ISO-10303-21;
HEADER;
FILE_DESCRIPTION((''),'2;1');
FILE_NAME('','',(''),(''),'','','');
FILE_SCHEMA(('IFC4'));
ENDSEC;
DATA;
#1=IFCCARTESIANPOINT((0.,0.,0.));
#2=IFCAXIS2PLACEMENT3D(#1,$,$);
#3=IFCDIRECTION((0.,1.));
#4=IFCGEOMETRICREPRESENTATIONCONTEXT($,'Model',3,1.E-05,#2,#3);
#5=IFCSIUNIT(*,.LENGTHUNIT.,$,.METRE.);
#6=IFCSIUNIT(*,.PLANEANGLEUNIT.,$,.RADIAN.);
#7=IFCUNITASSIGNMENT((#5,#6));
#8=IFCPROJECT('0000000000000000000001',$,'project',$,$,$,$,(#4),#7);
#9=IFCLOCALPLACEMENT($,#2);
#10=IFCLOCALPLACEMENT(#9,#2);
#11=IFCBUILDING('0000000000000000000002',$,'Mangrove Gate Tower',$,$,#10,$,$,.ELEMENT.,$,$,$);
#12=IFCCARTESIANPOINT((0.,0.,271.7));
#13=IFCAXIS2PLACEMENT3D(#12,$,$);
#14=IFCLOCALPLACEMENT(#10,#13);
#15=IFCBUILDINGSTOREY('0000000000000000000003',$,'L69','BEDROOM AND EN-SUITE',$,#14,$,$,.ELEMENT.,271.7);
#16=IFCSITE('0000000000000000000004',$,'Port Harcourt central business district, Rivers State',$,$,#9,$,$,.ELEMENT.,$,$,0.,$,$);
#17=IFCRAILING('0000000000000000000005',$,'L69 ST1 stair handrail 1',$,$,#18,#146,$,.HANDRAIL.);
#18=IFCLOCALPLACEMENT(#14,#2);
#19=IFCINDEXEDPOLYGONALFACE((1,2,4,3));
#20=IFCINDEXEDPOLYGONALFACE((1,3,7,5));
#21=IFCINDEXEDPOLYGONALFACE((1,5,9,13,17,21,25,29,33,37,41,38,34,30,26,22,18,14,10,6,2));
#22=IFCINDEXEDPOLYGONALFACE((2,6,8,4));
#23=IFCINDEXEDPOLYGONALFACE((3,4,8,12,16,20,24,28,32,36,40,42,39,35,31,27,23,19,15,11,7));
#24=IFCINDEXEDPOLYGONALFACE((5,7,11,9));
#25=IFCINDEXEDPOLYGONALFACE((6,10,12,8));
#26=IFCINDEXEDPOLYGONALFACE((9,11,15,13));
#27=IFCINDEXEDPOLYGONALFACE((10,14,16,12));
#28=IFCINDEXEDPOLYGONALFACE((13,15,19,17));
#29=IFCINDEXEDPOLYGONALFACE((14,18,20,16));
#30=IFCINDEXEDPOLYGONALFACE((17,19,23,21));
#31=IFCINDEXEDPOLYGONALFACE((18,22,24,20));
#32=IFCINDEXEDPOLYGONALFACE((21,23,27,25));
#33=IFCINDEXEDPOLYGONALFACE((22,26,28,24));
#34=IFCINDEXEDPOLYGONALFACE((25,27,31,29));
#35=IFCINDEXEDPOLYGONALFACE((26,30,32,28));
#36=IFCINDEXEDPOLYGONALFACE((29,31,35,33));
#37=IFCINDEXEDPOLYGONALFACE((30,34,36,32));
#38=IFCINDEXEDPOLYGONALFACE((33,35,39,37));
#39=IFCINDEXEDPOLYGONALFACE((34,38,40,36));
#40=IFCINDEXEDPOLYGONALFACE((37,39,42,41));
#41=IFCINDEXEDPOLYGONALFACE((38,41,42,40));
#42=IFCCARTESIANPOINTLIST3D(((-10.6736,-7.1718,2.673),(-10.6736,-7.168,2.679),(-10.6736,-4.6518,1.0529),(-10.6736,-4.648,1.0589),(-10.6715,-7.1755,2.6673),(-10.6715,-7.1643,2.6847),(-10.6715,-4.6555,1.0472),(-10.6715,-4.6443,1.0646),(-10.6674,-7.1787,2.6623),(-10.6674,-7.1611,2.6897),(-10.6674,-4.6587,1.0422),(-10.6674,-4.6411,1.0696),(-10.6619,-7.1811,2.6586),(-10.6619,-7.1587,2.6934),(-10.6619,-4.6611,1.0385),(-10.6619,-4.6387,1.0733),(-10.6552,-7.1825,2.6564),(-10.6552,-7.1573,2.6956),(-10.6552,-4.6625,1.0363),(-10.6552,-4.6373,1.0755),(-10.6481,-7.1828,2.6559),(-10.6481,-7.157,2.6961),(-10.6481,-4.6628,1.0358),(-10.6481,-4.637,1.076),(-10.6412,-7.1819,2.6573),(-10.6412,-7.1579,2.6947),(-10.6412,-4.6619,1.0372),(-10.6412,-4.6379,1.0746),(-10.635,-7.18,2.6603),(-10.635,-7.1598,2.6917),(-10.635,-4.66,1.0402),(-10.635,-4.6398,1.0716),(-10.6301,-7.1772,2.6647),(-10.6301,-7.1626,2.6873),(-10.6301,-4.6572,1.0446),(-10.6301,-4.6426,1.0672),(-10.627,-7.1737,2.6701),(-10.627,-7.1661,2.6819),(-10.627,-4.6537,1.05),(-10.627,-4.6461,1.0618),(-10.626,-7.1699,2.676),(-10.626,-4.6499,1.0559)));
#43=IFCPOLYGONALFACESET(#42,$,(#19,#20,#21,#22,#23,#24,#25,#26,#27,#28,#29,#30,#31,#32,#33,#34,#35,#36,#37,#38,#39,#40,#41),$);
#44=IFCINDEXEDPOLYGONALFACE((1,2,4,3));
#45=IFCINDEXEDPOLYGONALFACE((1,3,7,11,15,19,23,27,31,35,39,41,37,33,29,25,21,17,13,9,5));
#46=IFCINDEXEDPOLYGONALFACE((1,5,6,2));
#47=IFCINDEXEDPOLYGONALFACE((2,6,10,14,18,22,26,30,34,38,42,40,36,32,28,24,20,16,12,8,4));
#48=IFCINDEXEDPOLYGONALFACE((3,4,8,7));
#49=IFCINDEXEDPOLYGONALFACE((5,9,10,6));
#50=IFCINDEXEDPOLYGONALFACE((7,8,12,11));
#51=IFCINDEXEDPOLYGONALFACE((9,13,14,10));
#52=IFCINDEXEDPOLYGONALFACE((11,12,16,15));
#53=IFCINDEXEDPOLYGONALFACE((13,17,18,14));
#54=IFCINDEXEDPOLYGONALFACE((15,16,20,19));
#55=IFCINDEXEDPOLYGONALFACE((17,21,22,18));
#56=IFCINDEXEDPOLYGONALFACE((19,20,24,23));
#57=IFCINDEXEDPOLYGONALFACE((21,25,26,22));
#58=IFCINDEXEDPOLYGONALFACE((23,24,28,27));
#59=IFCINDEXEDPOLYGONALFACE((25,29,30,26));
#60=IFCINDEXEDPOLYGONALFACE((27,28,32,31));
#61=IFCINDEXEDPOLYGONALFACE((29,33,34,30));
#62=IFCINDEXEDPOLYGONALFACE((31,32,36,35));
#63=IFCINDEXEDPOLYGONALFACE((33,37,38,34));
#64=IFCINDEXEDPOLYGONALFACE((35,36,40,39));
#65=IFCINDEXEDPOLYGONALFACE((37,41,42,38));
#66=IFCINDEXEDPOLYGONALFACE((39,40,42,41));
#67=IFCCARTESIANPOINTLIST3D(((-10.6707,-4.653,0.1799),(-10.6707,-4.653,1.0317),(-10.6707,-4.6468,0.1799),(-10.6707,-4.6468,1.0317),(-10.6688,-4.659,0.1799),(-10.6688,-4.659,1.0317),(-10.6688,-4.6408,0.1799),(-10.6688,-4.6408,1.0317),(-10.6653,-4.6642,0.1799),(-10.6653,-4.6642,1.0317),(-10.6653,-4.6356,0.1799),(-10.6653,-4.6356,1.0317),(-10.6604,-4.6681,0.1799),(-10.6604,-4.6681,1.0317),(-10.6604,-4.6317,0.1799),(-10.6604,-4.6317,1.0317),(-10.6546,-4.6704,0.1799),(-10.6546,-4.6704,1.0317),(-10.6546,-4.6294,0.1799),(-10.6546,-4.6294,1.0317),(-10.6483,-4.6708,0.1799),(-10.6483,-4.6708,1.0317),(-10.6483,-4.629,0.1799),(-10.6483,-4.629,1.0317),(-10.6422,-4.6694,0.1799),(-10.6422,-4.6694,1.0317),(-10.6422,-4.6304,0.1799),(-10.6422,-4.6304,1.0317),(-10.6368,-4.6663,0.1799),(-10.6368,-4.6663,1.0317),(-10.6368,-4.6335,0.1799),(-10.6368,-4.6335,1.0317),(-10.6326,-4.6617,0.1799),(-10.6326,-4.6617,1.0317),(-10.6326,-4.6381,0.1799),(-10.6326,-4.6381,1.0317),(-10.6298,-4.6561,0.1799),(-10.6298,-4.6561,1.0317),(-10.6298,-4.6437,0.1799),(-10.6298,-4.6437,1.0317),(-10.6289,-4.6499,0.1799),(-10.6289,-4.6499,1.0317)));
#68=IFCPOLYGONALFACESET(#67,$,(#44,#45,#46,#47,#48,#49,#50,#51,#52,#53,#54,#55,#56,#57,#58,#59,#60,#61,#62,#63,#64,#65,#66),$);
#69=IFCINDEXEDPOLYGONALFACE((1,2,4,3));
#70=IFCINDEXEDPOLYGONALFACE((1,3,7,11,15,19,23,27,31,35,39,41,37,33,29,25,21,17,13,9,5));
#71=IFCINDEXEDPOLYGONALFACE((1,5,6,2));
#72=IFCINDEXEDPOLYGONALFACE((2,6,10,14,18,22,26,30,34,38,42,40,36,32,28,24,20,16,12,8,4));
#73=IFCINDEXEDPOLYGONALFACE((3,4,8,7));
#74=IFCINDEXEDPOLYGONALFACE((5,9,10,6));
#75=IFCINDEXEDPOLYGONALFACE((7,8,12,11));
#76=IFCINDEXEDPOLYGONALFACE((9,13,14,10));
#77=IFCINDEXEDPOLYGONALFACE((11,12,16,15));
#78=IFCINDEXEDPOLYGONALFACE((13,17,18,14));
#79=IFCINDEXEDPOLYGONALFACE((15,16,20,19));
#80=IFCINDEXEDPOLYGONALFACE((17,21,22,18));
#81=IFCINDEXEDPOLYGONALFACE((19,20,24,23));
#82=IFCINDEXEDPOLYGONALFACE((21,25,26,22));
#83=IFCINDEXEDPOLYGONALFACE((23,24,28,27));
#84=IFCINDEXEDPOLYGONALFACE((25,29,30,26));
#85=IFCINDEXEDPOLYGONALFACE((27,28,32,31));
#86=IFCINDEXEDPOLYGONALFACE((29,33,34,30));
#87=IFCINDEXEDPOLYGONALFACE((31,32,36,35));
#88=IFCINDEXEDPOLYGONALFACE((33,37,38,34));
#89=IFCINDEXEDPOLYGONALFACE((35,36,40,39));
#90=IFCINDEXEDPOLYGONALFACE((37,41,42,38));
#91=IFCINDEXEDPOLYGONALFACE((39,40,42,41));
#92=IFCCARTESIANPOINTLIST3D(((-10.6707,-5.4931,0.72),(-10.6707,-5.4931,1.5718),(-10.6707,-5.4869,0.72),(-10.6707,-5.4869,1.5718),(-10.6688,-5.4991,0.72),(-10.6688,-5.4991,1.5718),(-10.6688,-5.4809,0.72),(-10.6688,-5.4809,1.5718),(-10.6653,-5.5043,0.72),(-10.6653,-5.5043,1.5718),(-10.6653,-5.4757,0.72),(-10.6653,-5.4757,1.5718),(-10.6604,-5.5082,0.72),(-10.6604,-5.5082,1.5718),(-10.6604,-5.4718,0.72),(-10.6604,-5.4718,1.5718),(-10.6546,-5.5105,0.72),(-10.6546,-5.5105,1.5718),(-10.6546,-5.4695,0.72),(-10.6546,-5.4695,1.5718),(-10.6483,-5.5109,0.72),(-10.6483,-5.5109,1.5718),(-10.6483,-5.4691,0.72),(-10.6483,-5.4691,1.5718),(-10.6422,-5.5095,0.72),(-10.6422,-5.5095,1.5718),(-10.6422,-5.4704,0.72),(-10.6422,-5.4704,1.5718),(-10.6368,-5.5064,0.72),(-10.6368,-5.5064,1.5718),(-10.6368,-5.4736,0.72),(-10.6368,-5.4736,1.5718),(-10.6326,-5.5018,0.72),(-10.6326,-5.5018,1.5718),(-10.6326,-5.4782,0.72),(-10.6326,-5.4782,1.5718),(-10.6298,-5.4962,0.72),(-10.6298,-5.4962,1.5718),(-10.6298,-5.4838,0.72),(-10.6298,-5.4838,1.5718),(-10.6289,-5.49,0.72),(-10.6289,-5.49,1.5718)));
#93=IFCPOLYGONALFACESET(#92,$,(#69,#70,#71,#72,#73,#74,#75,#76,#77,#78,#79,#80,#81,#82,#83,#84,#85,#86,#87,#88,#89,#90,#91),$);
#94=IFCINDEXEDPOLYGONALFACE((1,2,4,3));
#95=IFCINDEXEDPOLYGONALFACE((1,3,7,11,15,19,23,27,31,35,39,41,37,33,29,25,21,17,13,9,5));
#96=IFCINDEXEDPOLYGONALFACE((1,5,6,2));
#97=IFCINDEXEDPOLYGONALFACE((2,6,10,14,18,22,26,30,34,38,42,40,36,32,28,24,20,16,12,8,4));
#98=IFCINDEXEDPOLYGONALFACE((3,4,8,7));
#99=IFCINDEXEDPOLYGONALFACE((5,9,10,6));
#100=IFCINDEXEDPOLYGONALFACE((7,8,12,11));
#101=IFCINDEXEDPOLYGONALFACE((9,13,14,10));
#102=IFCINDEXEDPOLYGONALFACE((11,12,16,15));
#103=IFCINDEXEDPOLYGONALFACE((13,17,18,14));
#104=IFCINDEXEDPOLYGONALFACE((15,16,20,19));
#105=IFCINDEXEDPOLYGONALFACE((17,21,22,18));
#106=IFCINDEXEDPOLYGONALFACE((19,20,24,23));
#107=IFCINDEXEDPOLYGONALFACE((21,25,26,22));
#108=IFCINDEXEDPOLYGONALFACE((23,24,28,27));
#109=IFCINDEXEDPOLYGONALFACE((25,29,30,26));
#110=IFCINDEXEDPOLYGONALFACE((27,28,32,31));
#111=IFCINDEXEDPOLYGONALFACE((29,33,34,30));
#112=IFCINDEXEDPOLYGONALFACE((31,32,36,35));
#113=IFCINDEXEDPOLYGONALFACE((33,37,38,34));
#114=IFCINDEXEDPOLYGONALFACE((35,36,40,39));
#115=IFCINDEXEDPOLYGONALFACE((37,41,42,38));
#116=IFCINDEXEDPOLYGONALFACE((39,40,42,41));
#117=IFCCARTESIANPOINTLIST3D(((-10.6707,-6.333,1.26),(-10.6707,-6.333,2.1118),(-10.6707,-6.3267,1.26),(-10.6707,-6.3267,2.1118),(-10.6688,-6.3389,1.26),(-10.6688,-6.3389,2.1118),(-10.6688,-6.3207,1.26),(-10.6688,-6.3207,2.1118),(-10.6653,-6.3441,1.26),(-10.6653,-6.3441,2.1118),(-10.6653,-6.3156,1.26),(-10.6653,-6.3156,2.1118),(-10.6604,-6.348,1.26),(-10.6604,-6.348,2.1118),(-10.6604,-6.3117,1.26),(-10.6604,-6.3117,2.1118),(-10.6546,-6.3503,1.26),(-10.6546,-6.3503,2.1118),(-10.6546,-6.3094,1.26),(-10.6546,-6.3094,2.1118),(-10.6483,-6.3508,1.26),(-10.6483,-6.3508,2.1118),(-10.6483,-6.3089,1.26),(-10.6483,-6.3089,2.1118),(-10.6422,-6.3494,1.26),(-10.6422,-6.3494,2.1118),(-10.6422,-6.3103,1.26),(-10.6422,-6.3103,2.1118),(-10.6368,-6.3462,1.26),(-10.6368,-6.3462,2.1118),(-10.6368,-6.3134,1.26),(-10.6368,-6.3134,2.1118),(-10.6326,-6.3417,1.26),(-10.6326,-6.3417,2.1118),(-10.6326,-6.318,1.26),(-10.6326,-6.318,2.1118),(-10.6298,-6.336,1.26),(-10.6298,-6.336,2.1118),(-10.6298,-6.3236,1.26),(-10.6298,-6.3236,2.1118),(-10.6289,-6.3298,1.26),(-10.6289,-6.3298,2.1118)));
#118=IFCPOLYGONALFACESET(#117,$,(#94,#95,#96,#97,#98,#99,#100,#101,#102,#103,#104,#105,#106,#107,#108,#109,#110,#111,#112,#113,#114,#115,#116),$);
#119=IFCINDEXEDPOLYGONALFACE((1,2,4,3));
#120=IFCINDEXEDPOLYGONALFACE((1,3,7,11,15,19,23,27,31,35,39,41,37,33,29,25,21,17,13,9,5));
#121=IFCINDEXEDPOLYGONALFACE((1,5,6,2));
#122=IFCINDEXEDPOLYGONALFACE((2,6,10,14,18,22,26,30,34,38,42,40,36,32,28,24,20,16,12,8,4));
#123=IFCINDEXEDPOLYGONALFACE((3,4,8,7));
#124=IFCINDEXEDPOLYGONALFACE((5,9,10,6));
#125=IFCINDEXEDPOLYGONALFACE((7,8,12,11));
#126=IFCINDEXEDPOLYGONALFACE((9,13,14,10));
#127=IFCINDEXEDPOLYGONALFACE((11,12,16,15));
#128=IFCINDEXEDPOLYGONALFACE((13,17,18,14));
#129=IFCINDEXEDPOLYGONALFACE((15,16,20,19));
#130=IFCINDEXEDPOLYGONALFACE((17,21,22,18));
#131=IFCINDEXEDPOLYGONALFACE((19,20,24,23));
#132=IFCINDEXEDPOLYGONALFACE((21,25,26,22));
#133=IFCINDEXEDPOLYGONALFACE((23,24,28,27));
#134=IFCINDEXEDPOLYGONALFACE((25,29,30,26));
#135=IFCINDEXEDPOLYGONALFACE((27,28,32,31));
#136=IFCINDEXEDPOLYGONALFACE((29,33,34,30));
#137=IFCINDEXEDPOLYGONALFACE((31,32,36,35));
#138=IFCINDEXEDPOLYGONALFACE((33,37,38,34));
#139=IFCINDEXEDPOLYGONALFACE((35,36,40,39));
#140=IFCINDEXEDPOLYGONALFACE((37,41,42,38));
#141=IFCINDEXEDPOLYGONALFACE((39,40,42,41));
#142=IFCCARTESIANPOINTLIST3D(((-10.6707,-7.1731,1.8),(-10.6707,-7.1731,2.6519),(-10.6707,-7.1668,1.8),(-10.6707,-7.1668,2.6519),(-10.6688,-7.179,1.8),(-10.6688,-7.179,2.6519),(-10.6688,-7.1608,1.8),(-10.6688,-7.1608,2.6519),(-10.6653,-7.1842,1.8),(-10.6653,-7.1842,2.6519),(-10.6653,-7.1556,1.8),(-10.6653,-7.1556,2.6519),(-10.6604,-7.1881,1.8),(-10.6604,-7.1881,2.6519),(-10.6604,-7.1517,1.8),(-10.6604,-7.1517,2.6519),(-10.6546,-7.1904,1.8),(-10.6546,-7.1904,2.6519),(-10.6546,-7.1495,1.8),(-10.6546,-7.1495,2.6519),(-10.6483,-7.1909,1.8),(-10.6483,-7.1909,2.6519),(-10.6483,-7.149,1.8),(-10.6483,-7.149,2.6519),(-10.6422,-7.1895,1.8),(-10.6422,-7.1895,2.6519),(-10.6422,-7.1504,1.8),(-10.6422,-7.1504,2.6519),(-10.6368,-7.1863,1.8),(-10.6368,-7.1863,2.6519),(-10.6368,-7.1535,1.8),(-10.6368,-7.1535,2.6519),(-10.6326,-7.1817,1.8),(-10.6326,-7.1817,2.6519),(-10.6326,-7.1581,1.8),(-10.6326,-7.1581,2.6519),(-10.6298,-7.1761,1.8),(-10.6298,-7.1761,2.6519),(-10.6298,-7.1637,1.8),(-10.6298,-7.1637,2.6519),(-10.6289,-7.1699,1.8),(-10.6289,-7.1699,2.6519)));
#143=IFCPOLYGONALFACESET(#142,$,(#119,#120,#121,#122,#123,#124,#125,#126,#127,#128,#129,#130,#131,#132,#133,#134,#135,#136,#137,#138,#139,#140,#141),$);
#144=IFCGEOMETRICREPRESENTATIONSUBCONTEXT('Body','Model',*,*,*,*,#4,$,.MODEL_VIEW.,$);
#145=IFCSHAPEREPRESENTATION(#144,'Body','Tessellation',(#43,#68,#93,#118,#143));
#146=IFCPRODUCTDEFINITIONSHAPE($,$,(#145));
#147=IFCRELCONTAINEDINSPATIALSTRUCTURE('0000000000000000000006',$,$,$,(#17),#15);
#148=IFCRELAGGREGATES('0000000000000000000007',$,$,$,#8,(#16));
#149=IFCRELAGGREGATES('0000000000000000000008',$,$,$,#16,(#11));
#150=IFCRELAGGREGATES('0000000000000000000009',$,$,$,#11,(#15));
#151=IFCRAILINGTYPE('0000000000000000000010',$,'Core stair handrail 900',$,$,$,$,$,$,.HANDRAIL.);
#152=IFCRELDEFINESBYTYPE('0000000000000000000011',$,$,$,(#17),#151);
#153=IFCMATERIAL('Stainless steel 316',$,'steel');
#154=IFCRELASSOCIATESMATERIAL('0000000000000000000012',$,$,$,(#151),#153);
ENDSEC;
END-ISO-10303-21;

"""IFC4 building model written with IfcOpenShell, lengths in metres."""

from ifc_helpers import new_model, si_unit, direction, frame, origin, origin_2d, place, context, subcontext, project, spatial, circle, extrude, material, type_object, element, save


model = new_model("IFC4")

# Units and contexts
model_context = context("Model", 3, precision=1e-05, world=origin(), true_north=direction((0.0, 1.0)))
body_context = subcontext(model_context, "Body", "Model", "MODEL_VIEW")
ifc_project = project(units=[si_unit("LENGTHUNIT", "METRE"), si_unit("PLANEANGLEUNIT", "RADIAN")], contexts=[model_context])

# Site, building, storey
site_placement = place(None, origin())
site = spatial("IfcSite", under=ifc_project, at=site_placement, Name="Port Harcourt central business district, Rivers State", CompositionType="ELEMENT", RefElevation=0.0)
building_placement = place(site_placement, origin())
building = spatial("IfcBuilding", under=site, at=building_placement, Name="Mangrove Gate Tower", CompositionType="ELEMENT")
storey_placement = place(building_placement, frame((0.0, 0.0, 271.7)))
storey = spatial("IfcBuildingStorey", under=building, at=storey_placement, Name="L69", Description="BEDROOM AND EN-SUITE", CompositionType="ELEMENT", Elevation=271.7)

# Railing
ifc_material_1 = material(Name="Stainless steel 316", Category="steel")
railing_type_1 = type_object("IfcRailingType", Name="Core stair handrail 900", PredefinedType="HANDRAIL", material=ifc_material_1)
railing_1_placement = place(storey_placement, frame((-10.6499, -4.6499, 0.1799)))
element("IfcRailing", 1, at=railing_1_placement, inside=storey, type_object=railing_type_1, Name="L69 ST1 stair handrail 1", PredefinedType="HANDRAIL", context=body_context, shape_type="SweptSolid", body=[
    extrude(circle(Radius=0.0239, at=origin_2d()), frame((0.0, 0.0, 0.876), z_axis=(0.0, -0.841163, 0.540782), x_axis=(1.0, 0.0, 0.0)), (0.0, 0.0, 1.0), 2.9958),
    extrude(circle(Radius=0.021, at=origin_2d()), origin(), (0.0, 0.0, 1.0), 0.8518),
    extrude(circle(Radius=0.021, at=origin_2d()), frame((0.0, -0.8401, 0.54)), (0.0, 0.0, 1.0), 0.8518),
    extrude(circle(Radius=0.021, at=origin_2d()), frame((0.0, -1.6799, 1.0801)), (0.0, 0.0, 1.0), 0.8518),
    extrude(circle(Radius=0.021, at=origin_2d()), frame((0.0, -2.52, 1.6201)), (0.0, 0.0, 1.0), 0.8518),
])

save(model, "model.ifc")
